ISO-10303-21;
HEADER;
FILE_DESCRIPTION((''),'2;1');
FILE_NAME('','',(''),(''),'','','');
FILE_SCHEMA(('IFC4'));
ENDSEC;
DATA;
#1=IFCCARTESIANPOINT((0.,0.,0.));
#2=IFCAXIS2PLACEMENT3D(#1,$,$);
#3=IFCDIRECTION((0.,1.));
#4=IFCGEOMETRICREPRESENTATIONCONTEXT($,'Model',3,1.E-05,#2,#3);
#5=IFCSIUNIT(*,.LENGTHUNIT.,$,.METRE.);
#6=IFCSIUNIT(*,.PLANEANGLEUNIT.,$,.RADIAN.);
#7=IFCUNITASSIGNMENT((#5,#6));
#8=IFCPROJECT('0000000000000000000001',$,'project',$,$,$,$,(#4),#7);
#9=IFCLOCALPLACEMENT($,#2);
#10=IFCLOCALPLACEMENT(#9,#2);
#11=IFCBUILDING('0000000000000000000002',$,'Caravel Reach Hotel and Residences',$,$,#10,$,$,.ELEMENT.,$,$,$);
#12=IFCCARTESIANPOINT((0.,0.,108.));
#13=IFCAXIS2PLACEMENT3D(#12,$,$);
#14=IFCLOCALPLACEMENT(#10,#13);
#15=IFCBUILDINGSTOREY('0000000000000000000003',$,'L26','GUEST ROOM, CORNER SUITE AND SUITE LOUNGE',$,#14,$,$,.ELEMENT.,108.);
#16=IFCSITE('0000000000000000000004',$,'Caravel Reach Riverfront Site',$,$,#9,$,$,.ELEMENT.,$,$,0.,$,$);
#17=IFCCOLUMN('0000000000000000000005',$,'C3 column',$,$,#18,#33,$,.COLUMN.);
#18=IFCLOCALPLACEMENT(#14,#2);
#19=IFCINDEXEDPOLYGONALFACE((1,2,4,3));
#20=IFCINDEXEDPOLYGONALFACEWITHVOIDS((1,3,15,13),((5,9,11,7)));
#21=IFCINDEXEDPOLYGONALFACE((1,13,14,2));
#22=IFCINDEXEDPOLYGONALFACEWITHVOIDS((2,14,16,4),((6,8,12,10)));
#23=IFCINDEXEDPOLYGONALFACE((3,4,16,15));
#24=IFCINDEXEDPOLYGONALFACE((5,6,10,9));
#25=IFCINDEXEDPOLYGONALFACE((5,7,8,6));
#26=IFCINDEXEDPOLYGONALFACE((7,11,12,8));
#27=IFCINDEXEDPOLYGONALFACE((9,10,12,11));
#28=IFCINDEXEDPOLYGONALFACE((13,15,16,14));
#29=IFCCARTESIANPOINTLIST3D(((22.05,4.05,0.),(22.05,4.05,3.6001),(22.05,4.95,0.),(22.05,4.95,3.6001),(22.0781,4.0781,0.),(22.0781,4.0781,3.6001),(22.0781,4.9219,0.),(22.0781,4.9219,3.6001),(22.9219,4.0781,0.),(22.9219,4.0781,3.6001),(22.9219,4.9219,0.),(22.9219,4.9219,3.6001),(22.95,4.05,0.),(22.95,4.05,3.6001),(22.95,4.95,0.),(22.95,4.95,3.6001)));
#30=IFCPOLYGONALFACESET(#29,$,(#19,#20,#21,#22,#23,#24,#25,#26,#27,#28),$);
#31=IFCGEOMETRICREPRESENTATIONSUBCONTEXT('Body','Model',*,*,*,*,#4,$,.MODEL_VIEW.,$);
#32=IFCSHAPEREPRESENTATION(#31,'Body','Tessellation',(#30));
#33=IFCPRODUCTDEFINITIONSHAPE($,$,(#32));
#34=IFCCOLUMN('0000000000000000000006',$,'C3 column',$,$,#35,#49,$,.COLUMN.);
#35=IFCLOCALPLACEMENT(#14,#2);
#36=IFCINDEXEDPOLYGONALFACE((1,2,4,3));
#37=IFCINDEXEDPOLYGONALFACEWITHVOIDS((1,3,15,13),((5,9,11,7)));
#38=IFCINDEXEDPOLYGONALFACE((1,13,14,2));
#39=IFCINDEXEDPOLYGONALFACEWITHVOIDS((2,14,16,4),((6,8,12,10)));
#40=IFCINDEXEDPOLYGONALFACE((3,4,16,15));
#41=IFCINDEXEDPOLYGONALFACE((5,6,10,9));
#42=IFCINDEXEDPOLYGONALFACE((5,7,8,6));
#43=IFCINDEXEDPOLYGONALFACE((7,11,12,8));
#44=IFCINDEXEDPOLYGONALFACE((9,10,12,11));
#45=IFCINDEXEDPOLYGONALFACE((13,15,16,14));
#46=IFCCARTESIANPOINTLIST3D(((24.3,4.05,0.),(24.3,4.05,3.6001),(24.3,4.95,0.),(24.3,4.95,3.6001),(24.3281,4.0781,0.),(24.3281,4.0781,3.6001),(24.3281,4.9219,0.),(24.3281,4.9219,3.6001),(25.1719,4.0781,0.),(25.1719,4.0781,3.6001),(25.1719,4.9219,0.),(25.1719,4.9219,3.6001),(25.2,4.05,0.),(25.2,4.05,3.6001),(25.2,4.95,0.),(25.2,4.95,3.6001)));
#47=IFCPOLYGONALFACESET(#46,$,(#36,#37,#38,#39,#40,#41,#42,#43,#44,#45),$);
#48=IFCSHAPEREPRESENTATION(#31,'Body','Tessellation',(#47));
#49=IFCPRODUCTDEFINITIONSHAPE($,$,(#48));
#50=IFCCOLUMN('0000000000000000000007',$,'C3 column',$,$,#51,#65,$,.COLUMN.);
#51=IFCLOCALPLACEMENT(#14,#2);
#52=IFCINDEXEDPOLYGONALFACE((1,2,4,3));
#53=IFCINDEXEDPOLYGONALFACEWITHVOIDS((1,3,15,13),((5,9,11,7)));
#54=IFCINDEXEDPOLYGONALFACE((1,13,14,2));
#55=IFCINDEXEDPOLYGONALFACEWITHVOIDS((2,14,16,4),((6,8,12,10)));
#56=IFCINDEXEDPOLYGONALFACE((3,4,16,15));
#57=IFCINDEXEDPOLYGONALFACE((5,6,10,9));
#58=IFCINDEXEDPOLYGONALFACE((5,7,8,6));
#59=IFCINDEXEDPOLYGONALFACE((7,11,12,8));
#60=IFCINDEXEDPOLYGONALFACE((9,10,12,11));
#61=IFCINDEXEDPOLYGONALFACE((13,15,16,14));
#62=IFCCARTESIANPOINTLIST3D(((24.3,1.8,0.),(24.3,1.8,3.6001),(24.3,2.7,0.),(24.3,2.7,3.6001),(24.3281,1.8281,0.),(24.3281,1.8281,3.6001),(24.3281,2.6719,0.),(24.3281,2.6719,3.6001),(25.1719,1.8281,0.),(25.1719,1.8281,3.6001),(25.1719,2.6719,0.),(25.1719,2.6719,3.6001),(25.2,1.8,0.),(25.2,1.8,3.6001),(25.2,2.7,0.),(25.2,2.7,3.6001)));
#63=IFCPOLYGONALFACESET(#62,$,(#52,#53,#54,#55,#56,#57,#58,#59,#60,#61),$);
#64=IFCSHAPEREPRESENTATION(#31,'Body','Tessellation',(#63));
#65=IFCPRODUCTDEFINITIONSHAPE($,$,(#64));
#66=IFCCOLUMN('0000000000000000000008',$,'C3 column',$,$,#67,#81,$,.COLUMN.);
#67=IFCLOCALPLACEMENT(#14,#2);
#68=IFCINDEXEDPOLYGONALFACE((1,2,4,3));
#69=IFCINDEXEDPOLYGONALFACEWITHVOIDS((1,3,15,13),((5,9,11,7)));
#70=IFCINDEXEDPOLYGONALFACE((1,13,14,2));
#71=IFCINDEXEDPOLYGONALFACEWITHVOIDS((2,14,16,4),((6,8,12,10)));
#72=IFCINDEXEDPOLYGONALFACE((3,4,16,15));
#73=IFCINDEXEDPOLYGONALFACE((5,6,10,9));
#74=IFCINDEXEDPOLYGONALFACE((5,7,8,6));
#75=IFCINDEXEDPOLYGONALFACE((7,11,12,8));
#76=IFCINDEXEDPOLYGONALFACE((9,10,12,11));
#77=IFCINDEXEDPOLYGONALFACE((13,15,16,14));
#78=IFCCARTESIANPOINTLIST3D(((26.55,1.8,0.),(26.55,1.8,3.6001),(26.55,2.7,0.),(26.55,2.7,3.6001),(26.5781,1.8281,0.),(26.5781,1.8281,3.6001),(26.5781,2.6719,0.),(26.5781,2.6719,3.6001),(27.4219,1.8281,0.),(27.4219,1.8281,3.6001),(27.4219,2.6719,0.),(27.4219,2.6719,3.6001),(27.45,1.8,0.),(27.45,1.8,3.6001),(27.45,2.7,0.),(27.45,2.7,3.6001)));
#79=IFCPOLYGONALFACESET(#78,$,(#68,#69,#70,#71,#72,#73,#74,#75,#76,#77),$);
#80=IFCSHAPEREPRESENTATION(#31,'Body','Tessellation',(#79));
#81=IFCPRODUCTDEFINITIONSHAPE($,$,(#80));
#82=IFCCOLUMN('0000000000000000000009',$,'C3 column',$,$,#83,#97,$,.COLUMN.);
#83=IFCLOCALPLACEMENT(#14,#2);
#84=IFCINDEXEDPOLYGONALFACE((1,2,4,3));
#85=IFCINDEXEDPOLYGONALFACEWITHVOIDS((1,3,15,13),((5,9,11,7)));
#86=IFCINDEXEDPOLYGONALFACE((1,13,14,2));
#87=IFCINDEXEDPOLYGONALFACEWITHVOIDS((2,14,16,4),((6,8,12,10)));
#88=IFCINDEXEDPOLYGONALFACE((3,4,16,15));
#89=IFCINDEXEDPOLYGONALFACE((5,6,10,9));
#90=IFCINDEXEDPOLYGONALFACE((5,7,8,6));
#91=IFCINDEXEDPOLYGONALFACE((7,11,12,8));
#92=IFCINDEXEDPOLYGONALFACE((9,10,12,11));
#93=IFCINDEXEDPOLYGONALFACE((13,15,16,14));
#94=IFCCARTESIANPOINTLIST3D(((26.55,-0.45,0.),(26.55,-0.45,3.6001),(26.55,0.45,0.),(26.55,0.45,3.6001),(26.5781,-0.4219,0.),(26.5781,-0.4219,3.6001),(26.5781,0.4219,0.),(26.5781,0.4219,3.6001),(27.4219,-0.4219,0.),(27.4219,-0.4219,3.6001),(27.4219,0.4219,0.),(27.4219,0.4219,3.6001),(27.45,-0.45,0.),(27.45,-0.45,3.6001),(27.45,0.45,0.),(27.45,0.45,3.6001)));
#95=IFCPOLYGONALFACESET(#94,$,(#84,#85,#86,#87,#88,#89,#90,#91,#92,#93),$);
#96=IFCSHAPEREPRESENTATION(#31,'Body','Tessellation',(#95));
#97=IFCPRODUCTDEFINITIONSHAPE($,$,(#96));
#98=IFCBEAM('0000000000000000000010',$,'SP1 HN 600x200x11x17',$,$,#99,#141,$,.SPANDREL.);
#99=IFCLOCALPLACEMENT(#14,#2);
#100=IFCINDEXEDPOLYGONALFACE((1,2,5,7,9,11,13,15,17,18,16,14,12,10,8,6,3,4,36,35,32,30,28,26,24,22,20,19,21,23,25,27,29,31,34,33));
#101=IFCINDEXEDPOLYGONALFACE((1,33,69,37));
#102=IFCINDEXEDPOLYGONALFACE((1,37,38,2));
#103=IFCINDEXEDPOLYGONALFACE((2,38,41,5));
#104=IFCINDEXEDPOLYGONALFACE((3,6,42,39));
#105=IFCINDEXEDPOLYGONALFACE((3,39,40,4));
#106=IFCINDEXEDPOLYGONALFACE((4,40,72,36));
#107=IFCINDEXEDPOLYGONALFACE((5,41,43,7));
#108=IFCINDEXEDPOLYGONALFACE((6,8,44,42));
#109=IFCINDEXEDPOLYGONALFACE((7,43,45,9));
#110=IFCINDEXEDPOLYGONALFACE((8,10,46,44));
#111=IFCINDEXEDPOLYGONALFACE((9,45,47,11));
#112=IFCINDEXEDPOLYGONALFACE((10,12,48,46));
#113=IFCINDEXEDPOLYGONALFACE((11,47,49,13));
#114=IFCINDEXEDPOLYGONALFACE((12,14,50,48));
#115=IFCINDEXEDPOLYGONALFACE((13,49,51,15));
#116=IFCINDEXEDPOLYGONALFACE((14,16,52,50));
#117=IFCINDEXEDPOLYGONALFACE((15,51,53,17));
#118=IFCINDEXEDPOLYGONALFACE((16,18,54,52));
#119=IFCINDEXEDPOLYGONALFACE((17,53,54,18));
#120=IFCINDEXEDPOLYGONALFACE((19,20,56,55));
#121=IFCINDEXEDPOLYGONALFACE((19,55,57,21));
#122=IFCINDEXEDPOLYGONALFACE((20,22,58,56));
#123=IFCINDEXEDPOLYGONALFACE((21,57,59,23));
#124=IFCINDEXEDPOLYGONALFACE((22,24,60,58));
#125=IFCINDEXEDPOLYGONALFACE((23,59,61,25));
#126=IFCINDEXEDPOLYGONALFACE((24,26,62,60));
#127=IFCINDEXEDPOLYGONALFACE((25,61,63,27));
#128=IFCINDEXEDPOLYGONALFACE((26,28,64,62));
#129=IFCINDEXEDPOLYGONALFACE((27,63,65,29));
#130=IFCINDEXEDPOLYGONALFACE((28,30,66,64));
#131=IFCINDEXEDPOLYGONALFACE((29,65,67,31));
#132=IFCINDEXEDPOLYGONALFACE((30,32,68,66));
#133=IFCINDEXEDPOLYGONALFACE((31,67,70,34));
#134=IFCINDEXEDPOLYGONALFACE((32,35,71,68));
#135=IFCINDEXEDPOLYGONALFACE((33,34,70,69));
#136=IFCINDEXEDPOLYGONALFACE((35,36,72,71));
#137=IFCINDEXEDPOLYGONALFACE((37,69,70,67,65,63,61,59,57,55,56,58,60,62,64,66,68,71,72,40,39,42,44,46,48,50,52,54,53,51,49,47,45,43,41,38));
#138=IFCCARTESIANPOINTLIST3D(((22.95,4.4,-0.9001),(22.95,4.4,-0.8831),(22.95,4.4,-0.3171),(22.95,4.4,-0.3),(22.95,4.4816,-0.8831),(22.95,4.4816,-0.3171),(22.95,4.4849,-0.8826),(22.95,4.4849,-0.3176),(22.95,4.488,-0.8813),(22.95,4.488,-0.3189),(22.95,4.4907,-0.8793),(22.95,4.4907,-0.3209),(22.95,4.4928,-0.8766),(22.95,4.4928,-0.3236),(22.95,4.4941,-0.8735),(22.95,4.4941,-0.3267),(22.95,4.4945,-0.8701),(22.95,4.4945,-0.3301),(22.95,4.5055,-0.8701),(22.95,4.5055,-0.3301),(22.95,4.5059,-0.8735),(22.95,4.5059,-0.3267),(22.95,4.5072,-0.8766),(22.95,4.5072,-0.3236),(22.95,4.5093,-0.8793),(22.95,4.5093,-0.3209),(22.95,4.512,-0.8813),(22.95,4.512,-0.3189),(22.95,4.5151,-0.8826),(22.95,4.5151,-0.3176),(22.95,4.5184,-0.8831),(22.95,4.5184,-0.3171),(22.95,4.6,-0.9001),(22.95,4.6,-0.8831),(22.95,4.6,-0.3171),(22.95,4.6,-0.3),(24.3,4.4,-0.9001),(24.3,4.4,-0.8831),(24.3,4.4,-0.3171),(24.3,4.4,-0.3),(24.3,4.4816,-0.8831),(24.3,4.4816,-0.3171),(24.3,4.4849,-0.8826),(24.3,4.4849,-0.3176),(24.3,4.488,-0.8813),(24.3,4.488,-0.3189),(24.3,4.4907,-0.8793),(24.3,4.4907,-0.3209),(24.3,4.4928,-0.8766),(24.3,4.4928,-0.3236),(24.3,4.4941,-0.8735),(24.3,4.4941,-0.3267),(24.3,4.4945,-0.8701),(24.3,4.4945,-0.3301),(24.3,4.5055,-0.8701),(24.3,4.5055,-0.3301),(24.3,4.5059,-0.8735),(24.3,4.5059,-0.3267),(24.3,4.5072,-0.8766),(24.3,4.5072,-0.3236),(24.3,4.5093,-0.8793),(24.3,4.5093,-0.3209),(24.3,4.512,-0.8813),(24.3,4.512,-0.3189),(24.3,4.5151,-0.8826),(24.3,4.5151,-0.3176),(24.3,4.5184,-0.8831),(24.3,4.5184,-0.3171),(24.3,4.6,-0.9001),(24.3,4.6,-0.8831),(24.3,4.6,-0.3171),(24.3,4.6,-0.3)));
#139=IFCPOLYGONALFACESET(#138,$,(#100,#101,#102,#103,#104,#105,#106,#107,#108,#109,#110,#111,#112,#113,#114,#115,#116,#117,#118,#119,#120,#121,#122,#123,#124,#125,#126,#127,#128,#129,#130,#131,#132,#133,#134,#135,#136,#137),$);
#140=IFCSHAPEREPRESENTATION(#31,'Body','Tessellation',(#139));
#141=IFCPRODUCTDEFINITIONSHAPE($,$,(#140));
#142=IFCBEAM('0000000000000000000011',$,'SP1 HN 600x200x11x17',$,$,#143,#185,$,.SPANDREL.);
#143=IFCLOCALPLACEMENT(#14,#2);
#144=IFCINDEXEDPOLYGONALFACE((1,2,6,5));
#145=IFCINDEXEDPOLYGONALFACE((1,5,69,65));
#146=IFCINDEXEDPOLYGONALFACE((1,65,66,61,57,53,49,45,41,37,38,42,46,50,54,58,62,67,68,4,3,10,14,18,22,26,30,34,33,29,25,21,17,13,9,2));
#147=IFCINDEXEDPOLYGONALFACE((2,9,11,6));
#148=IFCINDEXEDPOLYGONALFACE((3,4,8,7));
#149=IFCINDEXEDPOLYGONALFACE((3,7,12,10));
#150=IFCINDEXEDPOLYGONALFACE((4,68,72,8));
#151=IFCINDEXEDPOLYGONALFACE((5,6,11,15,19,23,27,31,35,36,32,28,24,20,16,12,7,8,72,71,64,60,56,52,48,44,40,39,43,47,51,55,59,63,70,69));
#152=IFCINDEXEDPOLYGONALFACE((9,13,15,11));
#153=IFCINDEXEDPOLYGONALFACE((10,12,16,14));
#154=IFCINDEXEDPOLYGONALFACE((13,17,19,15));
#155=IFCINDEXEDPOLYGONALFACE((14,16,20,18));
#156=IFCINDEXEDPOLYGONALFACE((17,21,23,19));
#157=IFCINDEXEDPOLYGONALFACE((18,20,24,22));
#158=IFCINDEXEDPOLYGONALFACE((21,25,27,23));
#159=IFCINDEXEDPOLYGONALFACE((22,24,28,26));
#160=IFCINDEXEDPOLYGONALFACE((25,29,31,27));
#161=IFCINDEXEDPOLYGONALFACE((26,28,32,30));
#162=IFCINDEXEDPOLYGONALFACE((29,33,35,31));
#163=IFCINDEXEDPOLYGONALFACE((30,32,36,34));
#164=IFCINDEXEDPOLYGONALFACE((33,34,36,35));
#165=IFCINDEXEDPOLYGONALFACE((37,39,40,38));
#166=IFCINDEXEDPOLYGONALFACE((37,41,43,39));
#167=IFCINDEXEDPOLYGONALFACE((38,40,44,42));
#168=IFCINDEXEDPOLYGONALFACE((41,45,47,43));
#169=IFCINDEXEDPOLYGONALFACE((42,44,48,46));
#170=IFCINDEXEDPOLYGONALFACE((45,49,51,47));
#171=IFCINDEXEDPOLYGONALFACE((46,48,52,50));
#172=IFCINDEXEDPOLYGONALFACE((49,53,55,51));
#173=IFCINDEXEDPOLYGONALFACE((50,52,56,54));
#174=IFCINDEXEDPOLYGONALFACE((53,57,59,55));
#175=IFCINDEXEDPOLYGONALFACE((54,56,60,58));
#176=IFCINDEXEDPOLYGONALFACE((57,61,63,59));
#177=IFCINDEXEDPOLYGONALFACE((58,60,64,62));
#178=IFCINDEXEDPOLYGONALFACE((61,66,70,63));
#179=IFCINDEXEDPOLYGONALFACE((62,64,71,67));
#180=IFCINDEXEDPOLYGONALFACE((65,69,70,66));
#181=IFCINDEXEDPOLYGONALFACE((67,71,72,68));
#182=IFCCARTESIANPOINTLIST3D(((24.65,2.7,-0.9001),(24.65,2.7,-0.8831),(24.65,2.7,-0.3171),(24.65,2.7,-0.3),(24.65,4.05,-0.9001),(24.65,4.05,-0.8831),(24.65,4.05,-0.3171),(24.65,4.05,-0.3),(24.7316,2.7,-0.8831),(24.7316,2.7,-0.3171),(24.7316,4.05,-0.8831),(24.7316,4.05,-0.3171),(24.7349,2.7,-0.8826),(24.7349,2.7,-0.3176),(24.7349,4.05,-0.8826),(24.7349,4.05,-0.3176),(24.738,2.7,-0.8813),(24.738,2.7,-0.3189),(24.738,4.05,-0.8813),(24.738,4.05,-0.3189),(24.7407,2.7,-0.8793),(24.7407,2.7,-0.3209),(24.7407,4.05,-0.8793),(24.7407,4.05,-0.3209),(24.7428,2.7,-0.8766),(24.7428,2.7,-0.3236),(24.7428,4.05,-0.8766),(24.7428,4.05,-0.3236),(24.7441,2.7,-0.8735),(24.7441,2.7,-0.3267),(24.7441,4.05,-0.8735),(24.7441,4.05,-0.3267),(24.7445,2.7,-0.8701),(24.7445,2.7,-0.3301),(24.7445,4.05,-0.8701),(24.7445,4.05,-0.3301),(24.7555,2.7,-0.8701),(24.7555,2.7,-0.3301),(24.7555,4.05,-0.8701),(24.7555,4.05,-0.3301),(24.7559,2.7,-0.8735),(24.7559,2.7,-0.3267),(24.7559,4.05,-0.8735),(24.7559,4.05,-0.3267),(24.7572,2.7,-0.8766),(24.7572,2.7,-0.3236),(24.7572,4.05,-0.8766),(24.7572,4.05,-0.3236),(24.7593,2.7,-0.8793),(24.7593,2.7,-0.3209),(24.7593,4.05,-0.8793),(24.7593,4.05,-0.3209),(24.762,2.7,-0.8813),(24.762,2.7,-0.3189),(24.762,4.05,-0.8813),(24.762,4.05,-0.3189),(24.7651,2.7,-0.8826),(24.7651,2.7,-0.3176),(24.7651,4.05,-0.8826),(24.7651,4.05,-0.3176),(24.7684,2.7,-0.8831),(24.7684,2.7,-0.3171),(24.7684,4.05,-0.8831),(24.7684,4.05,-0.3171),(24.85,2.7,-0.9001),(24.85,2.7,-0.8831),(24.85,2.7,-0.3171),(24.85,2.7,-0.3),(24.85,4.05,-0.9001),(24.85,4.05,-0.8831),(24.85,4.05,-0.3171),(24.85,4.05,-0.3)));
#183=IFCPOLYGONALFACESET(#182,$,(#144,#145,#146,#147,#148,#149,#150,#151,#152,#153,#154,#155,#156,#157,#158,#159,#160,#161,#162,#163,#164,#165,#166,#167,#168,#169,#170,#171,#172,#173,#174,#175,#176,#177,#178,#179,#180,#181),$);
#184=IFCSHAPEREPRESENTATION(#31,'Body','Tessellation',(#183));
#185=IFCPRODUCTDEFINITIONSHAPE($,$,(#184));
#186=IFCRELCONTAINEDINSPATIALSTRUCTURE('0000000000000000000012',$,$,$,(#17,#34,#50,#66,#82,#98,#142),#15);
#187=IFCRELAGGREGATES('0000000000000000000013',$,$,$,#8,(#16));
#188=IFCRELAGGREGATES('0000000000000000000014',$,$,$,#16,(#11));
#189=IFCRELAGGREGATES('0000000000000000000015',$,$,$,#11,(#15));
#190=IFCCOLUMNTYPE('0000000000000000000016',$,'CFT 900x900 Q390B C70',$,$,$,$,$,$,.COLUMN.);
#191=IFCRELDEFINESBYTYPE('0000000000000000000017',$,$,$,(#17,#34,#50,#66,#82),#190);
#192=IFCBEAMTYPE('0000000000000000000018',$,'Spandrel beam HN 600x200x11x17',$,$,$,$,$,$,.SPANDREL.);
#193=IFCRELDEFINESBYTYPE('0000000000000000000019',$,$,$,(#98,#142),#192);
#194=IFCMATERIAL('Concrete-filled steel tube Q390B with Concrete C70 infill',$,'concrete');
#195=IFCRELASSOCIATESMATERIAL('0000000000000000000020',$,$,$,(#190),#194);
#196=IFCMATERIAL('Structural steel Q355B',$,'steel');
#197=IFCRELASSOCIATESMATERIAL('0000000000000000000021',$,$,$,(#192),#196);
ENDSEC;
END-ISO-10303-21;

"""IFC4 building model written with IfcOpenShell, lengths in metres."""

from ifc_helpers import new_model, si_unit, direction, frame, origin, origin_2d, place, context, subcontext, project, spatial, hollow_rectangle, i_section, extrude, material, material_profile, profile_set, type_object, element, save


model = new_model("IFC4")

# Units and contexts
model_context = context("Model", 3, precision=1e-05, world=origin(), true_north=direction((0.0, 1.0)))
body_context = subcontext(model_context, "Body", "Model", "MODEL_VIEW")
ifc_project = project(units=[si_unit("LENGTHUNIT", "METRE"), si_unit("PLANEANGLEUNIT", "RADIAN")], contexts=[model_context])

# Site, building, storey
site_placement = place(None, origin())
site = spatial("IfcSite", under=ifc_project, at=site_placement, Name="Caravel Reach Riverfront Site", CompositionType="ELEMENT", RefElevation=0.0)
building_placement = place(site_placement, origin())
building = spatial("IfcBuilding", under=site, at=building_placement, Name="Caravel Reach Hotel and Residences", CompositionType="ELEMENT")
storey_placement = place(building_placement, frame((0.0, 0.0, 108.0)))
storey = spatial("IfcBuildingStorey", under=building, at=storey_placement, Name="L26", Description="GUEST ROOM, CORNER SUITE AND SUITE LOUNGE", CompositionType="ELEMENT", Elevation=108.0)

# Columns
ifc_material_1 = material(Name="Concrete-filled steel tube Q390B with Concrete C70 infill", Category="concrete")
ifc_material_profile_1 = material_profile(ifc_material_1, hollow_rectangle(XDim=0.8999, YDim=0.8999, WallThickness=0.0281, at=origin_2d()), Name="RHS 900x900x28")
ifc_profile_set_1 = profile_set([ifc_material_profile_1], Name="Concrete-filled steel tube Q390B with Concrete C70 infill")
column_type = type_object("IfcColumnType", Name="CFT 900x900 Q390B C70", PredefinedType="COLUMN", material=ifc_profile_set_1)
for number, where, z_axis, x_axis, name in (
    (1, (22.5, 4.5, 0.0), (0.0, 0.0, 1.0), (1.0, 0.0, 0.0), "C3 column"),
    (2, (24.75, 4.5, 0.0), (0.0, 0.0, 1.0), (1.0, 0.0, 0.0), "C3 column"),
    (3, (24.75, 2.25, 0.0), (0.0, 0.0, 1.0), (1.0, 0.0, 0.0), "C3 column"),
    (4, (27.0, 2.25, 0.0), (0.0, 0.0, 1.0), (1.0, 0.0, 0.0), "C3 column"),
    (5, (27.0, 0.0, 0.0), (0.0, 0.0, 1.0), (1.0, 0.0, 0.0), "C3 column"),
):
    element("IfcColumn", number, at=place(storey_placement, frame(where, z_axis=z_axis, x_axis=x_axis)), inside=storey, type_object=column_type, Name=name, PredefinedType="COLUMN", context=body_context, shape_type="SweptSolid", body=[
        extrude(hollow_rectangle(XDim=0.8999, YDim=0.8999, WallThickness=0.0281, at=origin_2d()), origin(), (0.0, 0.0, 1.0), 3.6001),
    ])

# Beams
ifc_material_2 = material(Name="Structural steel Q355B", Category="steel")
ifc_material_profile_2 = material_profile(ifc_material_2, i_section(OverallWidth=0.2, OverallDepth=0.6001, WebThickness=0.011, FlangeThickness=0.0171, FilletRadius=0.0129, at=origin_2d()), Name="HN 600x200x11x17")
ifc_profile_set_2 = profile_set([ifc_material_profile_2], Name="Structural steel Q355B")
beam_type = type_object("IfcBeamType", Name="Spandrel beam HN 600x200x11x17", PredefinedType="SPANDREL", material=ifc_profile_set_2)
for number, where, z_axis, x_axis, name in (
    (6, (22.95, 4.5, -0.6001), (1.0, 0.0, 0.0), (0.0, 1.0, 0.0), "SP1 HN 600x200x11x17"),
    (7, (24.75, 4.05, -0.6001), (0.0, -1.0, 0.0), (1.0, 0.0, 0.0), "SP1 HN 600x200x11x17"),
):
    element("IfcBeam", number, at=place(storey_placement, frame(where, z_axis=z_axis, x_axis=x_axis)), inside=storey, type_object=beam_type, Name=name, PredefinedType="SPANDREL", context=body_context, shape_type="SweptSolid", body=[
        extrude(i_section(OverallWidth=0.2, OverallDepth=0.6001, WebThickness=0.011, FlangeThickness=0.0171, FilletRadius=0.0129, at=origin_2d()), origin(), (0.0, 0.0, 1.0), 1.3501),
    ])

save(model, "model.ifc")
